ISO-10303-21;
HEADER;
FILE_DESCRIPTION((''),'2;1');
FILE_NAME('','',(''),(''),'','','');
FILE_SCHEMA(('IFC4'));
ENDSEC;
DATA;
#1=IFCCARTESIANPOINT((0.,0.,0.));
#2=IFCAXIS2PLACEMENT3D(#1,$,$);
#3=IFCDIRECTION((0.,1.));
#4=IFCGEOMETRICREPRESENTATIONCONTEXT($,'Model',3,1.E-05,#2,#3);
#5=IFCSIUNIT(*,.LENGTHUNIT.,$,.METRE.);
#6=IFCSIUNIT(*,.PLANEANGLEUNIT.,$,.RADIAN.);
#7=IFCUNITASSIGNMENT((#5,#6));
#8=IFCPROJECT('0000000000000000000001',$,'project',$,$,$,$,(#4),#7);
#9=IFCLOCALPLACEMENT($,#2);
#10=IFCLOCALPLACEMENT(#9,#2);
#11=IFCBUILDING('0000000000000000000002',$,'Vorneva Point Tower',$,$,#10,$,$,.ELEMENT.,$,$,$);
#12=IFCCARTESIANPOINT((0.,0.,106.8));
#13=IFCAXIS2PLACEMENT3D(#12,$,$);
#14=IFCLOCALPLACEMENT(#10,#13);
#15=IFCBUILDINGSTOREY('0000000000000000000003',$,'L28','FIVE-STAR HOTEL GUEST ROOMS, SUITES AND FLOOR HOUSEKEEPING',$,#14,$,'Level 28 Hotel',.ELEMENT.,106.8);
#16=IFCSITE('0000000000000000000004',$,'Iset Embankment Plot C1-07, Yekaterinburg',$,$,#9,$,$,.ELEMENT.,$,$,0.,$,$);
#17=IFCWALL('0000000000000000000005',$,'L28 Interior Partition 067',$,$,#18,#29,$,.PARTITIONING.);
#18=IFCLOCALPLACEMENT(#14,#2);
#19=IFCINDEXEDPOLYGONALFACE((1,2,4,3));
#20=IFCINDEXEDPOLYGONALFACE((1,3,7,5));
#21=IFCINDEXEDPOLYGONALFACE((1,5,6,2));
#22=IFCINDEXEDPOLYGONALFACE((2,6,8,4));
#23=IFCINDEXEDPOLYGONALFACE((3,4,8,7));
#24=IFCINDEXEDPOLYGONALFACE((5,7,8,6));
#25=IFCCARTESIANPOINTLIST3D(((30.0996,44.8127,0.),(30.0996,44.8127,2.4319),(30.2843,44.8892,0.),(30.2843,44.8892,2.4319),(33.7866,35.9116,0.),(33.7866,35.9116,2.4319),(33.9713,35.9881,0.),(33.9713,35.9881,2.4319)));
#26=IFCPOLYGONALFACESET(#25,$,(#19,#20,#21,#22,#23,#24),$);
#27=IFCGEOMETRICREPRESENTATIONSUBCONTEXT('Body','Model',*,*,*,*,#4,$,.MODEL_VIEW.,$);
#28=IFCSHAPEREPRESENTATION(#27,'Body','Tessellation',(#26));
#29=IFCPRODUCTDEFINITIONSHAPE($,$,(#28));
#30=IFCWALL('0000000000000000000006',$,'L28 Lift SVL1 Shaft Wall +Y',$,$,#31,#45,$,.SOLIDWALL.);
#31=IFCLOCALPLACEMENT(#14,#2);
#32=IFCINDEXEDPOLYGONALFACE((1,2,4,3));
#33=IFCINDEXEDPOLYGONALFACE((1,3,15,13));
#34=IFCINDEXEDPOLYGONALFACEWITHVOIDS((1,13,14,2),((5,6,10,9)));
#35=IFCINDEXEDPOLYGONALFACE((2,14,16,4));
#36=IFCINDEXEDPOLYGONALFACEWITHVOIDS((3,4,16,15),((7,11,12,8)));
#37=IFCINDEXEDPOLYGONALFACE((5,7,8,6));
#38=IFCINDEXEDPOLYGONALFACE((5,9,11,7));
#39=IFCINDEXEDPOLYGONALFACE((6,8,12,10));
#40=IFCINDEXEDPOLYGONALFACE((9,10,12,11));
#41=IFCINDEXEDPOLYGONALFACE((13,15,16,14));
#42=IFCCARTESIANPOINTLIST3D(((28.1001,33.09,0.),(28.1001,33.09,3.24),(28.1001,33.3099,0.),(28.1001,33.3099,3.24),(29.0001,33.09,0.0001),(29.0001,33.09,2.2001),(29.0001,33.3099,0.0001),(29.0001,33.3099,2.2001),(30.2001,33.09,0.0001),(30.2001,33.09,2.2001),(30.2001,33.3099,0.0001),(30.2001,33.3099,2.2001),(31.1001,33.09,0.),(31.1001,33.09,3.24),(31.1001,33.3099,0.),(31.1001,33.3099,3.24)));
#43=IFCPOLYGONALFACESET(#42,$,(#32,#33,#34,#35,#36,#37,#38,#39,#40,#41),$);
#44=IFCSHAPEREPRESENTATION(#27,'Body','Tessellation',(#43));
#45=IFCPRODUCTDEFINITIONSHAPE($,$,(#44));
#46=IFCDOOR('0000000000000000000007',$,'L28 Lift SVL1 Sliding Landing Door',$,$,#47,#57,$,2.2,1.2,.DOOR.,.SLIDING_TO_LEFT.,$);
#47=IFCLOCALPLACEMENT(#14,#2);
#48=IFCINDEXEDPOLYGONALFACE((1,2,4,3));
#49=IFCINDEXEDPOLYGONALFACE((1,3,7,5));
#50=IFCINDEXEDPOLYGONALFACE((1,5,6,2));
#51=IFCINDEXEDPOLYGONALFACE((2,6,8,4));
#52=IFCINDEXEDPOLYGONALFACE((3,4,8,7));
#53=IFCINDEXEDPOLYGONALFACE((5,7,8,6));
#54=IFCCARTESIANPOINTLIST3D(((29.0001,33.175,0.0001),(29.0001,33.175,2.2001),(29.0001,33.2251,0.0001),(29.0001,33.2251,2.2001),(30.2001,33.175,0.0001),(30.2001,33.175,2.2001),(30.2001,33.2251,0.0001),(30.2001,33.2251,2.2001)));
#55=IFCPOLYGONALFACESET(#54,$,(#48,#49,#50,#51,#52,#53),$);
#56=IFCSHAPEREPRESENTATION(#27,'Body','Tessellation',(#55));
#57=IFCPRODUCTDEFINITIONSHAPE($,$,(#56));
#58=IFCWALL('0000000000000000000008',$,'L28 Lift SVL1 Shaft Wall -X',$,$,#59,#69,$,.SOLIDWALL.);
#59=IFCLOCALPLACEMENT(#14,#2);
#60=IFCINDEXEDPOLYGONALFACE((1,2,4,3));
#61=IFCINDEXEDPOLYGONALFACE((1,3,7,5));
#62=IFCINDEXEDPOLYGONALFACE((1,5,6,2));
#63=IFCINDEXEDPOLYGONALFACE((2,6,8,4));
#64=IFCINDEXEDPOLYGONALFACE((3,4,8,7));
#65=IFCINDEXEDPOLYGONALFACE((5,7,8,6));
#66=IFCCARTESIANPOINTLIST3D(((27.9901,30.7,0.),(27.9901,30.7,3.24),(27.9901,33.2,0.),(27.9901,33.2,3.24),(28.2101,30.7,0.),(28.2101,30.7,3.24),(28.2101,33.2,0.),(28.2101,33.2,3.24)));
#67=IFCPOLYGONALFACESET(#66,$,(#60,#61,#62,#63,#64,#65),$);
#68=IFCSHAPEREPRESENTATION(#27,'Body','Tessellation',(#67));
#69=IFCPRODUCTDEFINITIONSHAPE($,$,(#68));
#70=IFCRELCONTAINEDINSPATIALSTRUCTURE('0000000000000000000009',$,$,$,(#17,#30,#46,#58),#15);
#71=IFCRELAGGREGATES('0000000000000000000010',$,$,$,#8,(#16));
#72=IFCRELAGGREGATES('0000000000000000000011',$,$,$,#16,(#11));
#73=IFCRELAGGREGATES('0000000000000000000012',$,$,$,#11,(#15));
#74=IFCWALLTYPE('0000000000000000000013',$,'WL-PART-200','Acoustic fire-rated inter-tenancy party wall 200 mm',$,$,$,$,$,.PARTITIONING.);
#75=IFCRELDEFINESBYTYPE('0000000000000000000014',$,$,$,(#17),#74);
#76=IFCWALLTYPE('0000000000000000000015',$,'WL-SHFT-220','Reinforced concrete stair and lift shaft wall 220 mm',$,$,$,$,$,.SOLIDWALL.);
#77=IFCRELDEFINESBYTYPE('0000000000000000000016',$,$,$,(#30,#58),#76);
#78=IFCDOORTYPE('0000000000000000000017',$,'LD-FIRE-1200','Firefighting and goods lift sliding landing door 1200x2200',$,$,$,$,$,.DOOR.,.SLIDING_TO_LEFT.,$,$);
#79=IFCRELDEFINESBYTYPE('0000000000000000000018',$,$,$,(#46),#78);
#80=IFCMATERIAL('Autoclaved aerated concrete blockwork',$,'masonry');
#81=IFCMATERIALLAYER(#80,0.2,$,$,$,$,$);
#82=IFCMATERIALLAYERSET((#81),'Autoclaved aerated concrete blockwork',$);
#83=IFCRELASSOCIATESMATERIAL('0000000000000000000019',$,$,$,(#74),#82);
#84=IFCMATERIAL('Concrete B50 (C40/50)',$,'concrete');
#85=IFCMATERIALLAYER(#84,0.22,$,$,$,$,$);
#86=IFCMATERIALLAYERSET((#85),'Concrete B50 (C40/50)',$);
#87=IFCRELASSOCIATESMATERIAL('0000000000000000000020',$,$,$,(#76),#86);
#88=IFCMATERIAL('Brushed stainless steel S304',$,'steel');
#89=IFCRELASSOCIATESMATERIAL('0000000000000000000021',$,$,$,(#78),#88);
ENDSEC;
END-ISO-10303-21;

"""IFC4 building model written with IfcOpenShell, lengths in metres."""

from ifc_helpers import new_model, si_unit, direction, frame, frame_2d, origin, place, context, subcontext, project, spatial, rectangle, extrude, material, layer, layer_set, type_object, element, fill, save


model = new_model("IFC4")

# Units and contexts
model_context = context("Model", 3, precision=1e-05, world=origin(), true_north=direction((0.0, 1.0)))
body_context = subcontext(model_context, "Body", "Model", "MODEL_VIEW")
ifc_project = project(units=[si_unit("LENGTHUNIT", "METRE"), si_unit("PLANEANGLEUNIT", "RADIAN")], contexts=[model_context])

# Site, building, storey
site_placement = place(None, origin())
site = spatial("IfcSite", under=ifc_project, at=site_placement, Name="Iset Embankment Plot C1-07, Yekaterinburg", CompositionType="ELEMENT", RefElevation=0.0)
building_placement = place(site_placement, origin())
building = spatial("IfcBuilding", under=site, at=building_placement, Name="Vorneva Point Tower", CompositionType="ELEMENT")
storey_placement = place(building_placement, frame((0.0, 0.0, 106.8)))
storey = spatial("IfcBuildingStorey", under=building, at=storey_placement, Name="L28", Description="FIVE-STAR HOTEL GUEST ROOMS, SUITES AND FLOOR HOUSEKEEPING", LongName="Level 28 Hotel", CompositionType="ELEMENT", Elevation=106.8)

# Shared definitions
ifc_material_1 = material(Name="Autoclaved aerated concrete blockwork", Category="masonry")

# Wall
ifc_layer_1 = layer(ifc_material_1, 0.2)
ifc_layer_set_1 = layer_set([ifc_layer_1], Name="Autoclaved aerated concrete blockwork")
wall_type_1 = type_object("IfcWallType", Name="WL-PART-200", Description="Acoustic fire-rated inter-tenancy party wall 200 mm", PredefinedType="PARTITIONING", material=ifc_layer_set_1)
wall_1_placement = place(storey_placement, frame((30.1919, 44.8511, 0.0), z_axis=(0.0, 0.0, 1.0), x_axis=(0.382687, -0.923878, 0.0)))
element("IfcWall", 1, at=wall_1_placement, inside=storey, type_object=wall_type_1, Name="L28 Interior Partition 067", PredefinedType="PARTITIONING", context=body_context, shape_type="SweptSolid", body=[
    extrude(rectangle(XDim=9.6345, YDim=0.2, at=frame_2d((4.8174, 0.0))), origin(), (0.0, 0.0, 1.0), 2.4319),
])

# Wall, opening, door
ifc_material_2 = material(Name="Concrete B50 (C40/50)", Category="concrete")
ifc_layer_2 = layer(ifc_material_2, 0.22)
ifc_layer_set_2 = layer_set([ifc_layer_2], Name="Concrete B50 (C40/50)")
wall_type_2 = type_object("IfcWallType", Name="WL-SHFT-220", Description="Reinforced concrete stair and lift shaft wall 220 mm", PredefinedType="SOLIDWALL", material=ifc_layer_set_2)
wall_2_placement = place(storey_placement, frame((31.1001, 33.2, 0.0), z_axis=(0.0, 0.0, 1.0), x_axis=(-1.0, 0.0, 0.0)))
wall_2 = element("IfcWall", 2, at=wall_2_placement, inside=storey, type_object=wall_type_2, Name="L28 Lift SVL1 Shaft Wall +Y", PredefinedType="SOLIDWALL", context=body_context, shape_type="SweptSolid", body=[
    extrude(rectangle(XDim=3.0, YDim=0.22, at=frame_2d((1.5, 0.0))), origin(), (0.0, 0.0, 1.0), 3.24),
])
opening_1_placement = place(wall_2_placement, frame((0.8999, 0.0, 0.0)))
opening_1 = element("IfcOpeningElement", 3, at=opening_1_placement, cuts=wall_2, PredefinedType="OPENING", context=body_context, shape_type="SweptSolid", body=[
    extrude(rectangle(XDim=1.2, YDim=2.2, at=frame_2d((0.6001, 1.1001))), frame((0.0, 0.125, 0.0), z_axis=(0.0, -1.0, 0.0), x_axis=(1.0, 0.0, 0.0)), (0.0, 0.0, 1.0), 0.2498),
])
ifc_material_3 = material(Name="Brushed stainless steel S304", Category="steel")
door_type_1 = type_object("IfcDoorType", Name="LD-FIRE-1200", Description="Firefighting and goods lift sliding landing door 1200x2200", OperationType="SLIDING_TO_LEFT", PredefinedType="DOOR", material=ifc_material_3)
door_1_placement = place(opening_1_placement, origin())
door_1 = element("IfcDoor", 4, at=door_1_placement, inside=storey, type_object=door_type_1, Name="L28 Lift SVL1 Sliding Landing Door", OperationType="SLIDING_TO_LEFT", OverallHeight=2.2, OverallWidth=1.2, PredefinedType="DOOR", context=body_context, shape_type="SweptSolid", body=[
    extrude(rectangle(XDim=1.2, YDim=2.2, at=frame_2d((0.6001, 1.1001))), frame((0.0, 0.0249, 0.0), z_axis=(0.0, -1.0, 0.0), x_axis=(1.0, 0.0, 0.0)), (0.0, 0.0, 1.0), 0.05),
])
fill(opening_1, door_1)

# Wall
wall_3_placement = place(storey_placement, frame((28.1001, 33.2, 0.0), z_axis=(0.0, 0.0, 1.0), x_axis=(0.0, -1.0, 0.0)))
element("IfcWall", 5, at=wall_3_placement, inside=storey, type_object=wall_type_2, Name="L28 Lift SVL1 Shaft Wall -X", PredefinedType="SOLIDWALL", context=body_context, shape_type="SweptSolid", body=[
    extrude(rectangle(XDim=2.5, YDim=0.22, at=frame_2d((1.25, 0.0))), origin(), (0.0, 0.0, 1.0), 3.24),
])

save(model, "model.ifc")
